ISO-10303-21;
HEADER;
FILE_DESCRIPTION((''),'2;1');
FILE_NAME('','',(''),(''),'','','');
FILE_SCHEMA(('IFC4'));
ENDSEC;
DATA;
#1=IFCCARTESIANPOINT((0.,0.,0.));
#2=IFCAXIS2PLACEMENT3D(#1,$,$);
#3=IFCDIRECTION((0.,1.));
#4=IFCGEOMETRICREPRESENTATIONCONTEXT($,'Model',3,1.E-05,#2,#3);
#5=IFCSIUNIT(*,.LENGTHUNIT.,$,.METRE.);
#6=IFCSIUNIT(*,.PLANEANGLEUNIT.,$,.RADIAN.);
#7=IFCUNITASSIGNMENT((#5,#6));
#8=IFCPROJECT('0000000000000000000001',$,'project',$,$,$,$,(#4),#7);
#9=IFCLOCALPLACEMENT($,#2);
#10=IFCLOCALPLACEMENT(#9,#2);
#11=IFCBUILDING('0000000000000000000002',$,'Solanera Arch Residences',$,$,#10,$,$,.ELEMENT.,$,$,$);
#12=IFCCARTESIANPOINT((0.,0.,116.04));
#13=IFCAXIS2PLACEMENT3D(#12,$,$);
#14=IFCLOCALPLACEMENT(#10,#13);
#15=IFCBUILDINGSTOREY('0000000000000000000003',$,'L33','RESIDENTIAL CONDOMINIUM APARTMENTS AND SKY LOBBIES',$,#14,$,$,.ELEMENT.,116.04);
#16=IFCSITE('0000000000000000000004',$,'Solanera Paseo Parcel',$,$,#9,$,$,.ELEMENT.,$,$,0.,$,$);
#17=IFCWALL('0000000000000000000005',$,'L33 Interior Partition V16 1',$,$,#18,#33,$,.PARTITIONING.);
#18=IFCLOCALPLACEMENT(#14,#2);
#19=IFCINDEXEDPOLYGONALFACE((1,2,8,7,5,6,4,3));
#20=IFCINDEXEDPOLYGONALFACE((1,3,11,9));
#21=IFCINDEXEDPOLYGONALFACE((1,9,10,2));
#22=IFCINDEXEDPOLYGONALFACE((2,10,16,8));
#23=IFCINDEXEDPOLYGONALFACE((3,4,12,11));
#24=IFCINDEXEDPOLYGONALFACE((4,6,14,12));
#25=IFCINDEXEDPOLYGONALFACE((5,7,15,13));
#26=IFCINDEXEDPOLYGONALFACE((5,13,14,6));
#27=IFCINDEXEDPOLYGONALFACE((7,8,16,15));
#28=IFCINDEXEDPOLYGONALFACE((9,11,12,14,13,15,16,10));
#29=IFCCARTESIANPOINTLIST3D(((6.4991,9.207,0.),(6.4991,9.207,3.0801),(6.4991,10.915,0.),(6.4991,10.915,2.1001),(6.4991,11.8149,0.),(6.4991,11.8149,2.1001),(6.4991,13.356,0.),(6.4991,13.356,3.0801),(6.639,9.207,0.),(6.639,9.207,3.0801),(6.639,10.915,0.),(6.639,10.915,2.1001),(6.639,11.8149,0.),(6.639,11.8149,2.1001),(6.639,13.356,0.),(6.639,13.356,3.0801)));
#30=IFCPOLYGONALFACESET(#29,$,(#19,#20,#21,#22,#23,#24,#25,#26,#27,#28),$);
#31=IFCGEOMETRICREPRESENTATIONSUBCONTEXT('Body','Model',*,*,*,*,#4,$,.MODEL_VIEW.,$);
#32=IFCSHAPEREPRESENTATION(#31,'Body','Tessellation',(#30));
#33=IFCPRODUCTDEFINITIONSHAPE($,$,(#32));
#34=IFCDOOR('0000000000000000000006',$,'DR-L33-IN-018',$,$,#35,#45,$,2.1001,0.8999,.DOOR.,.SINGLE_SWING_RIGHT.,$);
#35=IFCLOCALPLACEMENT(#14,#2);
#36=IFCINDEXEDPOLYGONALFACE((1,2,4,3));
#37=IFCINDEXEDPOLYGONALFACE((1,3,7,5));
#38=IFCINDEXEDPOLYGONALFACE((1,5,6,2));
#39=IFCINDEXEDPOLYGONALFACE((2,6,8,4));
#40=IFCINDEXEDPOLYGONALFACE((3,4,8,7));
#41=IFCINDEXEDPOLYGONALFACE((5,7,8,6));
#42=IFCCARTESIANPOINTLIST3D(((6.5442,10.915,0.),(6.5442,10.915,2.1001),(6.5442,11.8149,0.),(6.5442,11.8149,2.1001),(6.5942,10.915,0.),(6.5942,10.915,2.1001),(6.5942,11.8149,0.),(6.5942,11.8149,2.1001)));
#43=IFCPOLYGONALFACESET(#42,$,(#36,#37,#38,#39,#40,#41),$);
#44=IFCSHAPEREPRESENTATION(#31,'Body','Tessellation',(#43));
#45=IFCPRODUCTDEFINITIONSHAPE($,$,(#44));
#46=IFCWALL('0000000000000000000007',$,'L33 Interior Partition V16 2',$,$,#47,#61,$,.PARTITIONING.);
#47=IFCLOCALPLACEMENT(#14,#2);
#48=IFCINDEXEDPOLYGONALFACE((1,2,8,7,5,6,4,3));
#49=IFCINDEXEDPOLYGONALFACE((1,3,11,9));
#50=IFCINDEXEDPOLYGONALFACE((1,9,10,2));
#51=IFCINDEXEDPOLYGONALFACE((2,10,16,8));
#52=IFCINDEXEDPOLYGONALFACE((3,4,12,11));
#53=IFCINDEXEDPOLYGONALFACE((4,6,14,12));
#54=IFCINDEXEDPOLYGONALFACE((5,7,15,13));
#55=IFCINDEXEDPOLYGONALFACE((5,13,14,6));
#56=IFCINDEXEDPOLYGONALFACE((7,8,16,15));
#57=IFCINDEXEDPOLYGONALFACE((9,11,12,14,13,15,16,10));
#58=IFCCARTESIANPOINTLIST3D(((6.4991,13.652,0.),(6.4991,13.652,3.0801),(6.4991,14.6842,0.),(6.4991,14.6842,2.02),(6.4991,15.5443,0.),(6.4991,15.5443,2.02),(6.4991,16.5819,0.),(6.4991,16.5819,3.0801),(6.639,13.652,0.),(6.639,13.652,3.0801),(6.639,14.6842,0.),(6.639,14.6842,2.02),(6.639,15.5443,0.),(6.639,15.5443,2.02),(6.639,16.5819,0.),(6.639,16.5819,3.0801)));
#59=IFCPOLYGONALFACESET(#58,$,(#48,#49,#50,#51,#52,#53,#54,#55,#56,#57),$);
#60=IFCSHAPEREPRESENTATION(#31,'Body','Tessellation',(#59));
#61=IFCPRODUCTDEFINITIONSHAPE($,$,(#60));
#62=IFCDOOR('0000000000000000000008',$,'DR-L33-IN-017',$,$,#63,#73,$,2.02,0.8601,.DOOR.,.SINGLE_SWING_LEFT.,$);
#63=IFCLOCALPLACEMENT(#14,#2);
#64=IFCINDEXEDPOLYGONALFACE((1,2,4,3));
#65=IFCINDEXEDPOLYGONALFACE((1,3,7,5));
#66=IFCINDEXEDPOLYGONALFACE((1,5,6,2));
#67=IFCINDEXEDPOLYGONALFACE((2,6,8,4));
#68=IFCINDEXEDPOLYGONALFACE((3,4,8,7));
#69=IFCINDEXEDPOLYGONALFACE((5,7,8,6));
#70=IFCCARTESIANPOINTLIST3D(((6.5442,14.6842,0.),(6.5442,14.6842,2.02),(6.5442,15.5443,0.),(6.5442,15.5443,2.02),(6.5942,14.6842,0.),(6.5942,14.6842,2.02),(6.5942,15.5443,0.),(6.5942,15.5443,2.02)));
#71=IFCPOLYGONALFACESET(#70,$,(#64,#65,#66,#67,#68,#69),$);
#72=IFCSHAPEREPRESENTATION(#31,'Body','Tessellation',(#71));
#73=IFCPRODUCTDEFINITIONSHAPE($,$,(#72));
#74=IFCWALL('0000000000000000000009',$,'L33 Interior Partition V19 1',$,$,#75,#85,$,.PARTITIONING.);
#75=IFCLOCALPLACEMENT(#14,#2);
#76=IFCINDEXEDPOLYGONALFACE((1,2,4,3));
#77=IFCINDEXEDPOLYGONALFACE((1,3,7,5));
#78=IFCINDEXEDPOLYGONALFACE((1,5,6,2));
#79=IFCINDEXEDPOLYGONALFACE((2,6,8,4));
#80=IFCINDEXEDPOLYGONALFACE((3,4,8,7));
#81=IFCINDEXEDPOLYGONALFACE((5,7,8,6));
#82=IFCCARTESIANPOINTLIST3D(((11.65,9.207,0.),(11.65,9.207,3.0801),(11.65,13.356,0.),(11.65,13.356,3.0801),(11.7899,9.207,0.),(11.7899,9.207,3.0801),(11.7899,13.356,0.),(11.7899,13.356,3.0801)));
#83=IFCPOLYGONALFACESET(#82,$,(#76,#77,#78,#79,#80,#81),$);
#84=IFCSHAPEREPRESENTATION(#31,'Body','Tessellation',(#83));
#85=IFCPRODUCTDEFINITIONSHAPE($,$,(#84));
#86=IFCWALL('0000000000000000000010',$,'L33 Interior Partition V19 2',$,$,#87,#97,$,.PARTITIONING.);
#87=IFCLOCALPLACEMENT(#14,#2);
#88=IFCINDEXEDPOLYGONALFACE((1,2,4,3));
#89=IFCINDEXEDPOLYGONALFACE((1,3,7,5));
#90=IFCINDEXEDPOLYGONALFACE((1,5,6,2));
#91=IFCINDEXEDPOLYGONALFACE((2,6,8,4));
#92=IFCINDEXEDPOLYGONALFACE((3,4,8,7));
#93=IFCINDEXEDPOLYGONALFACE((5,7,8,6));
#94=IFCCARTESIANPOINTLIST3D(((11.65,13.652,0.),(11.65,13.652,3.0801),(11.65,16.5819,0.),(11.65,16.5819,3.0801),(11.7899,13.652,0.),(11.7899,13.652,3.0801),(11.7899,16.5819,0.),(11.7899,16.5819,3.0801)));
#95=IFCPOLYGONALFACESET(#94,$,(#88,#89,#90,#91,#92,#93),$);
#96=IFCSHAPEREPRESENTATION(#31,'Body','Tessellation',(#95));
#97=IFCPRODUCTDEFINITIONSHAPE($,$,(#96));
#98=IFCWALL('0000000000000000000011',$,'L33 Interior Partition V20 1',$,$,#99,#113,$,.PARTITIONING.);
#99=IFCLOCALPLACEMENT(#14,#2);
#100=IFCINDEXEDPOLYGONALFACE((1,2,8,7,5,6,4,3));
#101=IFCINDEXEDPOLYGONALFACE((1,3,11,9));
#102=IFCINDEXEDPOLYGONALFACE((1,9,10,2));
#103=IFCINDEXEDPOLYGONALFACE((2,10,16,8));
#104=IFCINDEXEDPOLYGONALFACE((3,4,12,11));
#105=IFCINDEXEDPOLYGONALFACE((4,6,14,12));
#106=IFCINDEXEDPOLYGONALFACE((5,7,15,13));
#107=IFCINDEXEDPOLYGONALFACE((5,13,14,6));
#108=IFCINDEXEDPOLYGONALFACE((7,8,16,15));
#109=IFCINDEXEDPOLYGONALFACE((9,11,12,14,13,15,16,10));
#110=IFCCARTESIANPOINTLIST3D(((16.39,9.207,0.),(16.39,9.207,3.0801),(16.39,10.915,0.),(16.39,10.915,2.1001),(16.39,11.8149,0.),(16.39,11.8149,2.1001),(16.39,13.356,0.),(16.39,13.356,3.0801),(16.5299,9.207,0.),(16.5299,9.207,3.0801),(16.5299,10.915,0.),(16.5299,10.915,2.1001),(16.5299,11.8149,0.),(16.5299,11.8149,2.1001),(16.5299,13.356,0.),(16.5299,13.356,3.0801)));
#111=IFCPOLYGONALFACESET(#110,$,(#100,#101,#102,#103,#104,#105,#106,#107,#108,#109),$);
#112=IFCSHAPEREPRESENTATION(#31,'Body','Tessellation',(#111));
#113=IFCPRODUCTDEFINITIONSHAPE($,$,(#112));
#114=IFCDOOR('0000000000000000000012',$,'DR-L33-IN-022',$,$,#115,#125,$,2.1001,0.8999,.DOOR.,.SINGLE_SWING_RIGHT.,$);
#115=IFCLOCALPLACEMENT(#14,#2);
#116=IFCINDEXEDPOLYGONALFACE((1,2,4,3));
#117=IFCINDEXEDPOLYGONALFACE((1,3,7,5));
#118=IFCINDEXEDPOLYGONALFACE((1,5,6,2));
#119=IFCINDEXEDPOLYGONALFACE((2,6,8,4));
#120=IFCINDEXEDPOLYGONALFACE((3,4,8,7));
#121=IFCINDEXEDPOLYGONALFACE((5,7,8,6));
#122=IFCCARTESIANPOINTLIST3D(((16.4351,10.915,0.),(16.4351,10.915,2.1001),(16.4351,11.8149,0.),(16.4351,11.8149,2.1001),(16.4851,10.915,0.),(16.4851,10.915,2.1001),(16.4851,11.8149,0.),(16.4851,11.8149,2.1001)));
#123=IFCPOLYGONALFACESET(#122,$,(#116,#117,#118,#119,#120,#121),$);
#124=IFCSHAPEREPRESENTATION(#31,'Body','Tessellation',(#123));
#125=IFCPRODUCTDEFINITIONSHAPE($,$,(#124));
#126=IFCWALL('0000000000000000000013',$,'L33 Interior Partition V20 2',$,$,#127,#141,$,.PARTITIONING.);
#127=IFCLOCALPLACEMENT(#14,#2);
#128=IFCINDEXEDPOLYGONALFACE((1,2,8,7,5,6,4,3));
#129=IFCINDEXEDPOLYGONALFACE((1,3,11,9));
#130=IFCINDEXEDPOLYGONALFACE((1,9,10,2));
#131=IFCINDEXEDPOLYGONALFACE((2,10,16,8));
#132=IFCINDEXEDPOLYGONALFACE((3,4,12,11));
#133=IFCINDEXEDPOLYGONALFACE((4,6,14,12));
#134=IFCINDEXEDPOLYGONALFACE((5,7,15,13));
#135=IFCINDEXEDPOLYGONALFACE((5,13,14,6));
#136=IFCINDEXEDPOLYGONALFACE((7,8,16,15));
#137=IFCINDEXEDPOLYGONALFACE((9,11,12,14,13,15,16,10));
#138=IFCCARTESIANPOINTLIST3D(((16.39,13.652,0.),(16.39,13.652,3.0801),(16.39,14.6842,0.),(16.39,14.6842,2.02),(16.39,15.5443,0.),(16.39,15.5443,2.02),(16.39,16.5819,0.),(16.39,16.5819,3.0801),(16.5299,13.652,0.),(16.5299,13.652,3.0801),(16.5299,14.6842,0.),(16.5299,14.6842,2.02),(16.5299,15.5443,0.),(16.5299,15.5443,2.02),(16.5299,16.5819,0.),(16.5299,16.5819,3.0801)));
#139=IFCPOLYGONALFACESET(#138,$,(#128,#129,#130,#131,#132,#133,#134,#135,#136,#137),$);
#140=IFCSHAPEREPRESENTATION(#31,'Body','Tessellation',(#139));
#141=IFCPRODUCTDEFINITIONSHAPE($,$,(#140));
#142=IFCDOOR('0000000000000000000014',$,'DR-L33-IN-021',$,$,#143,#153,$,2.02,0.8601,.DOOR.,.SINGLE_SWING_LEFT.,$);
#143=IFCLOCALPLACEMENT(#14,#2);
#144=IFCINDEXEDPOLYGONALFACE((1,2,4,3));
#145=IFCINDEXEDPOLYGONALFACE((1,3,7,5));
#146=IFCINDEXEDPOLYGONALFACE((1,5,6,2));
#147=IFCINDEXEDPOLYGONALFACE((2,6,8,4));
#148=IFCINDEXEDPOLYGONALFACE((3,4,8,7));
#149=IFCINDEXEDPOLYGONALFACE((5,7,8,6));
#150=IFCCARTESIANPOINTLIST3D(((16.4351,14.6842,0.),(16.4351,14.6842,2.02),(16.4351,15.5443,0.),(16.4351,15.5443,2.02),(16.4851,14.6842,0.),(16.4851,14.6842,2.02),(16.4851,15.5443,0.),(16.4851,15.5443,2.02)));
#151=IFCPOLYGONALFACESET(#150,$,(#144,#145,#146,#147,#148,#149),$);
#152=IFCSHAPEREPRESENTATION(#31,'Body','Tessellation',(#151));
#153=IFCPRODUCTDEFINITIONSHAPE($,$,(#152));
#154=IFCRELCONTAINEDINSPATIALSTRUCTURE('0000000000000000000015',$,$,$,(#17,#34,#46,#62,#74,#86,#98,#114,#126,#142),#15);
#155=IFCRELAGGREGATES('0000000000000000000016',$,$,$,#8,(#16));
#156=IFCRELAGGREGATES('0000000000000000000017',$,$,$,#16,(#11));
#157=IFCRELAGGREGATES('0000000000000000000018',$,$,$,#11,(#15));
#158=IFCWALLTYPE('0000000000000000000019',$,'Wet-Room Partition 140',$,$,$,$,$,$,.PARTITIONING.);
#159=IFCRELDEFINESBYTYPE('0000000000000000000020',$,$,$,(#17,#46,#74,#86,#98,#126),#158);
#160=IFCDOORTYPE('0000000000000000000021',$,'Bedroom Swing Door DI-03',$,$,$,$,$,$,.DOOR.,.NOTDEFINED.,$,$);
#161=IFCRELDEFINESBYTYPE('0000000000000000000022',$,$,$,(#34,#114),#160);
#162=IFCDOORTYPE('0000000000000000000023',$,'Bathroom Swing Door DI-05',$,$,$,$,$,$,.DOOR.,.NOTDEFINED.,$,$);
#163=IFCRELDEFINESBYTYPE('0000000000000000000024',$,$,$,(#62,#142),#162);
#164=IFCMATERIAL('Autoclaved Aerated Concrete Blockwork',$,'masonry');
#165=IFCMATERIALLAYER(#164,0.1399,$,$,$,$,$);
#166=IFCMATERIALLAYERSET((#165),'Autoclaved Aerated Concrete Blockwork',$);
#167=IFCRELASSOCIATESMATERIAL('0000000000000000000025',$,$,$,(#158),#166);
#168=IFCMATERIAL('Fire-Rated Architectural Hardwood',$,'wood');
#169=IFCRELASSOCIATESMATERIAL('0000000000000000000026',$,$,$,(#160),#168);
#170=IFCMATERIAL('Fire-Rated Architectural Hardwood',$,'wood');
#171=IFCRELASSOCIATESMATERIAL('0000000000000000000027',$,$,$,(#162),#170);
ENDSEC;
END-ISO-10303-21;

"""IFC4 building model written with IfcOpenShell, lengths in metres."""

from ifc_helpers import new_model, si_unit, direction, frame, frame_2d, origin, place, context, subcontext, project, spatial, rectangle, extrude, material, layer, layer_set, type_object, element, fill, save


model = new_model("IFC4")

# Units and contexts
model_context = context("Model", 3, precision=1e-05, world=origin(), true_north=direction((0.0, 1.0)))
body_context = subcontext(model_context, "Body", "Model", "MODEL_VIEW")
ifc_project = project(units=[si_unit("LENGTHUNIT", "METRE"), si_unit("PLANEANGLEUNIT", "RADIAN")], contexts=[model_context])

# Site, building, storey
site_placement = place(None, origin())
site = spatial("IfcSite", under=ifc_project, at=site_placement, Name="Solanera Paseo Parcel", CompositionType="ELEMENT", RefElevation=0.0)
building_placement = place(site_placement, origin())
building = spatial("IfcBuilding", under=site, at=building_placement, Name="Solanera Arch Residences", CompositionType="ELEMENT")
storey_placement = place(building_placement, frame((0.0, 0.0, 116.04)))
storey = spatial("IfcBuildingStorey", under=building, at=storey_placement, Name="L33", Description="RESIDENTIAL CONDOMINIUM APARTMENTS AND SKY LOBBIES", CompositionType="ELEMENT", Elevation=116.04)

# Shared definitions
ifc_material_1 = material(Name="Autoclaved Aerated Concrete Blockwork", Category="masonry")
ifc_layer_1 = layer(ifc_material_1, 0.1399)
ifc_layer_set_1 = layer_set([ifc_layer_1], Name="Autoclaved Aerated Concrete Blockwork")
wall_type_1 = type_object("IfcWallType", Name="Wet-Room Partition 140", PredefinedType="PARTITIONING", material=ifc_layer_set_1)

# Walls, openings, doors
wall_1_placement = place(storey_placement, frame((6.5691, 9.207, 0.0), z_axis=(0.0, 0.0, 1.0), x_axis=(0.0, 1.0, 0.0)))
wall_1 = element("IfcWall", 1, at=wall_1_placement, inside=storey, type_object=wall_type_1, Name="L33 Interior Partition V16 1", PredefinedType="PARTITIONING", context=body_context, shape_type="SweptSolid", body=[
    extrude(rectangle(XDim=4.1489, YDim=0.1399, at=frame_2d((2.0745, 0.0))), origin(), (0.0, 0.0, 1.0), 3.0801),
])
opening_1_placement = place(wall_1_placement, frame((1.708, 0.0, 0.0)))
opening_1 = element("IfcOpeningElement", 2, at=opening_1_placement, cuts=wall_1, PredefinedType="OPENING", context=body_context, shape_type="SweptSolid", body=[
    extrude(rectangle(XDim=0.8999, YDim=2.1001, at=frame_2d((0.45, 1.05))), frame((0.0, 0.0798, 0.0), z_axis=(0.0, -1.0, 0.0), x_axis=(1.0, 0.0, 0.0)), (0.0, 0.0, 1.0), 0.1599),
])
ifc_material_2 = material(Name="Fire-Rated Architectural Hardwood", Category="wood")
door_type_1 = type_object("IfcDoorType", Name="Bedroom Swing Door DI-03", OperationType="NOTDEFINED", PredefinedType="DOOR", material=ifc_material_2)
door_1_placement = place(opening_1_placement, origin())
door_1 = element("IfcDoor", 3, at=door_1_placement, inside=storey, type_object=door_type_1, Name="DR-L33-IN-018", OperationType="SINGLE_SWING_RIGHT", OverallHeight=2.1001, OverallWidth=0.8999, PredefinedType="DOOR", context=body_context, shape_type="SweptSolid", body=[
    extrude(rectangle(XDim=0.8999, YDim=2.1001, at=frame_2d((0.45, 1.05))), frame((0.0, 0.0249, 0.0), z_axis=(0.0, -1.0, 0.0), x_axis=(1.0, 0.0, 0.0)), (0.0, 0.0, 1.0), 0.05),
])
fill(opening_1, door_1)
wall_2_placement = place(storey_placement, frame((6.5691, 13.6521, 0.0), z_axis=(0.0, 0.0, 1.0), x_axis=(0.0, 1.0, 0.0)))
wall_2 = element("IfcWall", 4, at=wall_2_placement, inside=storey, type_object=wall_type_1, Name="L33 Interior Partition V16 2", PredefinedType="PARTITIONING", context=body_context, shape_type="SweptSolid", body=[
    extrude(rectangle(XDim=2.9299, YDim=0.1399, at=frame_2d((1.4648, 0.0))), origin(), (0.0, 0.0, 1.0), 3.0801),
])
opening_2_placement = place(wall_2_placement, frame((1.032, 0.0, 0.0)))
opening_2 = element("IfcOpeningElement", 5, at=opening_2_placement, cuts=wall_2, PredefinedType="OPENING", context=body_context, shape_type="SweptSolid", body=[
    extrude(rectangle(XDim=0.8601, YDim=2.02, at=frame_2d((0.4302, 1.01))), frame((0.0, 0.0798, 0.0), z_axis=(0.0, -1.0, 0.0), x_axis=(1.0, 0.0, 0.0)), (0.0, 0.0, 1.0), 0.1599),
])
ifc_material_3 = material(Name="Fire-Rated Architectural Hardwood", Category="wood")
door_type_2 = type_object("IfcDoorType", Name="Bathroom Swing Door DI-05", OperationType="NOTDEFINED", PredefinedType="DOOR", material=ifc_material_3)
door_2_placement = place(opening_2_placement, origin())
door_2 = element("IfcDoor", 6, at=door_2_placement, inside=storey, type_object=door_type_2, Name="DR-L33-IN-017", OperationType="SINGLE_SWING_LEFT", OverallHeight=2.02, OverallWidth=0.8601, PredefinedType="DOOR", context=body_context, shape_type="SweptSolid", body=[
    extrude(rectangle(XDim=0.8601, YDim=2.02, at=frame_2d((0.4302, 1.01))), frame((0.0, 0.0249, 0.0), z_axis=(0.0, -1.0, 0.0), x_axis=(1.0, 0.0, 0.0)), (0.0, 0.0, 1.0), 0.05),
])
fill(opening_2, door_2)

# Walls
wall_3_placement = place(storey_placement, frame((11.72, 9.207, 0.0), z_axis=(0.0, 0.0, 1.0), x_axis=(0.0, 1.0, 0.0)))
element("IfcWall", 7, at=wall_3_placement, inside=storey, type_object=wall_type_1, Name="L33 Interior Partition V19 1", PredefinedType="PARTITIONING", context=body_context, shape_type="SweptSolid", body=[
    extrude(rectangle(XDim=4.1489, YDim=0.1399, at=frame_2d((2.0745, 0.0))), origin(), (0.0, 0.0, 1.0), 3.0801),
])
wall_4_placement = place(storey_placement, frame((11.72, 13.6521, 0.0), z_axis=(0.0, 0.0, 1.0), x_axis=(0.0, 1.0, 0.0)))
element("IfcWall", 8, at=wall_4_placement, inside=storey, type_object=wall_type_1, Name="L33 Interior Partition V19 2", PredefinedType="PARTITIONING", context=body_context, shape_type="SweptSolid", body=[
    extrude(rectangle(XDim=2.9299, YDim=0.1399, at=frame_2d((1.4648, 0.0))), origin(), (0.0, 0.0, 1.0), 3.0801),
])

# Walls, openings, doors
wall_5_placement = place(storey_placement, frame((16.46, 9.207, 0.0), z_axis=(0.0, 0.0, 1.0), x_axis=(0.0, 1.0, 0.0)))
wall_5 = element("IfcWall", 9, at=wall_5_placement, inside=storey, type_object=wall_type_1, Name="L33 Interior Partition V20 1", PredefinedType="PARTITIONING", context=body_context, shape_type="SweptSolid", body=[
    extrude(rectangle(XDim=4.1489, YDim=0.1399, at=frame_2d((2.0745, 0.0))), origin(), (0.0, 0.0, 1.0), 3.0801),
])
opening_3_placement = place(wall_5_placement, frame((1.708, 0.0, 0.0)))
opening_3 = element("IfcOpeningElement", 10, at=opening_3_placement, cuts=wall_5, PredefinedType="OPENING", context=body_context, shape_type="SweptSolid", body=[
    extrude(rectangle(XDim=0.8999, YDim=2.1001, at=frame_2d((0.45, 1.05))), frame((0.0, 0.0798, 0.0), z_axis=(0.0, -1.0, 0.0), x_axis=(1.0, 0.0, 0.0)), (0.0, 0.0, 1.0), 0.1599),
])
door_3_placement = place(opening_3_placement, origin())
door_3 = element("IfcDoor", 11, at=door_3_placement, inside=storey, type_object=door_type_1, Name="DR-L33-IN-022", OperationType="SINGLE_SWING_RIGHT", OverallHeight=2.1001, OverallWidth=0.8999, PredefinedType="DOOR", context=body_context, shape_type="SweptSolid", body=[
    extrude(rectangle(XDim=0.8999, YDim=2.1001, at=frame_2d((0.45, 1.05))), frame((0.0, 0.0249, 0.0), z_axis=(0.0, -1.0, 0.0), x_axis=(1.0, 0.0, 0.0)), (0.0, 0.0, 1.0), 0.05),
])
fill(opening_3, door_3)
wall_6_placement = place(storey_placement, frame((16.46, 13.6521, 0.0), z_axis=(0.0, 0.0, 1.0), x_axis=(0.0, 1.0, 0.0)))
wall_6 = element("IfcWall", 12, at=wall_6_placement, inside=storey, type_object=wall_type_1, Name="L33 Interior Partition V20 2", PredefinedType="PARTITIONING", context=body_context, shape_type="SweptSolid", body=[
    extrude(rectangle(XDim=2.9299, YDim=0.1399, at=frame_2d((1.4648, 0.0))), origin(), (0.0, 0.0, 1.0), 3.0801),
])
opening_4_placement = place(wall_6_placement, frame((1.032, 0.0, 0.0)))
opening_4 = element("IfcOpeningElement", 13, at=opening_4_placement, cuts=wall_6, PredefinedType="OPENING", context=body_context, shape_type="SweptSolid", body=[
    extrude(rectangle(XDim=0.8601, YDim=2.02, at=frame_2d((0.4302, 1.01))), frame((0.0, 0.0798, 0.0), z_axis=(0.0, -1.0, 0.0), x_axis=(1.0, 0.0, 0.0)), (0.0, 0.0, 1.0), 0.1599),
])
door_4_placement = place(opening_4_placement, origin())
door_4 = element("IfcDoor", 14, at=door_4_placement, inside=storey, type_object=door_type_2, Name="DR-L33-IN-021", OperationType="SINGLE_SWING_LEFT", OverallHeight=2.02, OverallWidth=0.8601, PredefinedType="DOOR", context=body_context, shape_type="SweptSolid", body=[
    extrude(rectangle(XDim=0.8601, YDim=2.02, at=frame_2d((0.4302, 1.01))), frame((0.0, 0.0249, 0.0), z_axis=(0.0, -1.0, 0.0), x_axis=(1.0, 0.0, 0.0)), (0.0, 0.0, 1.0), 0.05),
])
fill(opening_4, door_4)

save(model, "model.ifc")
